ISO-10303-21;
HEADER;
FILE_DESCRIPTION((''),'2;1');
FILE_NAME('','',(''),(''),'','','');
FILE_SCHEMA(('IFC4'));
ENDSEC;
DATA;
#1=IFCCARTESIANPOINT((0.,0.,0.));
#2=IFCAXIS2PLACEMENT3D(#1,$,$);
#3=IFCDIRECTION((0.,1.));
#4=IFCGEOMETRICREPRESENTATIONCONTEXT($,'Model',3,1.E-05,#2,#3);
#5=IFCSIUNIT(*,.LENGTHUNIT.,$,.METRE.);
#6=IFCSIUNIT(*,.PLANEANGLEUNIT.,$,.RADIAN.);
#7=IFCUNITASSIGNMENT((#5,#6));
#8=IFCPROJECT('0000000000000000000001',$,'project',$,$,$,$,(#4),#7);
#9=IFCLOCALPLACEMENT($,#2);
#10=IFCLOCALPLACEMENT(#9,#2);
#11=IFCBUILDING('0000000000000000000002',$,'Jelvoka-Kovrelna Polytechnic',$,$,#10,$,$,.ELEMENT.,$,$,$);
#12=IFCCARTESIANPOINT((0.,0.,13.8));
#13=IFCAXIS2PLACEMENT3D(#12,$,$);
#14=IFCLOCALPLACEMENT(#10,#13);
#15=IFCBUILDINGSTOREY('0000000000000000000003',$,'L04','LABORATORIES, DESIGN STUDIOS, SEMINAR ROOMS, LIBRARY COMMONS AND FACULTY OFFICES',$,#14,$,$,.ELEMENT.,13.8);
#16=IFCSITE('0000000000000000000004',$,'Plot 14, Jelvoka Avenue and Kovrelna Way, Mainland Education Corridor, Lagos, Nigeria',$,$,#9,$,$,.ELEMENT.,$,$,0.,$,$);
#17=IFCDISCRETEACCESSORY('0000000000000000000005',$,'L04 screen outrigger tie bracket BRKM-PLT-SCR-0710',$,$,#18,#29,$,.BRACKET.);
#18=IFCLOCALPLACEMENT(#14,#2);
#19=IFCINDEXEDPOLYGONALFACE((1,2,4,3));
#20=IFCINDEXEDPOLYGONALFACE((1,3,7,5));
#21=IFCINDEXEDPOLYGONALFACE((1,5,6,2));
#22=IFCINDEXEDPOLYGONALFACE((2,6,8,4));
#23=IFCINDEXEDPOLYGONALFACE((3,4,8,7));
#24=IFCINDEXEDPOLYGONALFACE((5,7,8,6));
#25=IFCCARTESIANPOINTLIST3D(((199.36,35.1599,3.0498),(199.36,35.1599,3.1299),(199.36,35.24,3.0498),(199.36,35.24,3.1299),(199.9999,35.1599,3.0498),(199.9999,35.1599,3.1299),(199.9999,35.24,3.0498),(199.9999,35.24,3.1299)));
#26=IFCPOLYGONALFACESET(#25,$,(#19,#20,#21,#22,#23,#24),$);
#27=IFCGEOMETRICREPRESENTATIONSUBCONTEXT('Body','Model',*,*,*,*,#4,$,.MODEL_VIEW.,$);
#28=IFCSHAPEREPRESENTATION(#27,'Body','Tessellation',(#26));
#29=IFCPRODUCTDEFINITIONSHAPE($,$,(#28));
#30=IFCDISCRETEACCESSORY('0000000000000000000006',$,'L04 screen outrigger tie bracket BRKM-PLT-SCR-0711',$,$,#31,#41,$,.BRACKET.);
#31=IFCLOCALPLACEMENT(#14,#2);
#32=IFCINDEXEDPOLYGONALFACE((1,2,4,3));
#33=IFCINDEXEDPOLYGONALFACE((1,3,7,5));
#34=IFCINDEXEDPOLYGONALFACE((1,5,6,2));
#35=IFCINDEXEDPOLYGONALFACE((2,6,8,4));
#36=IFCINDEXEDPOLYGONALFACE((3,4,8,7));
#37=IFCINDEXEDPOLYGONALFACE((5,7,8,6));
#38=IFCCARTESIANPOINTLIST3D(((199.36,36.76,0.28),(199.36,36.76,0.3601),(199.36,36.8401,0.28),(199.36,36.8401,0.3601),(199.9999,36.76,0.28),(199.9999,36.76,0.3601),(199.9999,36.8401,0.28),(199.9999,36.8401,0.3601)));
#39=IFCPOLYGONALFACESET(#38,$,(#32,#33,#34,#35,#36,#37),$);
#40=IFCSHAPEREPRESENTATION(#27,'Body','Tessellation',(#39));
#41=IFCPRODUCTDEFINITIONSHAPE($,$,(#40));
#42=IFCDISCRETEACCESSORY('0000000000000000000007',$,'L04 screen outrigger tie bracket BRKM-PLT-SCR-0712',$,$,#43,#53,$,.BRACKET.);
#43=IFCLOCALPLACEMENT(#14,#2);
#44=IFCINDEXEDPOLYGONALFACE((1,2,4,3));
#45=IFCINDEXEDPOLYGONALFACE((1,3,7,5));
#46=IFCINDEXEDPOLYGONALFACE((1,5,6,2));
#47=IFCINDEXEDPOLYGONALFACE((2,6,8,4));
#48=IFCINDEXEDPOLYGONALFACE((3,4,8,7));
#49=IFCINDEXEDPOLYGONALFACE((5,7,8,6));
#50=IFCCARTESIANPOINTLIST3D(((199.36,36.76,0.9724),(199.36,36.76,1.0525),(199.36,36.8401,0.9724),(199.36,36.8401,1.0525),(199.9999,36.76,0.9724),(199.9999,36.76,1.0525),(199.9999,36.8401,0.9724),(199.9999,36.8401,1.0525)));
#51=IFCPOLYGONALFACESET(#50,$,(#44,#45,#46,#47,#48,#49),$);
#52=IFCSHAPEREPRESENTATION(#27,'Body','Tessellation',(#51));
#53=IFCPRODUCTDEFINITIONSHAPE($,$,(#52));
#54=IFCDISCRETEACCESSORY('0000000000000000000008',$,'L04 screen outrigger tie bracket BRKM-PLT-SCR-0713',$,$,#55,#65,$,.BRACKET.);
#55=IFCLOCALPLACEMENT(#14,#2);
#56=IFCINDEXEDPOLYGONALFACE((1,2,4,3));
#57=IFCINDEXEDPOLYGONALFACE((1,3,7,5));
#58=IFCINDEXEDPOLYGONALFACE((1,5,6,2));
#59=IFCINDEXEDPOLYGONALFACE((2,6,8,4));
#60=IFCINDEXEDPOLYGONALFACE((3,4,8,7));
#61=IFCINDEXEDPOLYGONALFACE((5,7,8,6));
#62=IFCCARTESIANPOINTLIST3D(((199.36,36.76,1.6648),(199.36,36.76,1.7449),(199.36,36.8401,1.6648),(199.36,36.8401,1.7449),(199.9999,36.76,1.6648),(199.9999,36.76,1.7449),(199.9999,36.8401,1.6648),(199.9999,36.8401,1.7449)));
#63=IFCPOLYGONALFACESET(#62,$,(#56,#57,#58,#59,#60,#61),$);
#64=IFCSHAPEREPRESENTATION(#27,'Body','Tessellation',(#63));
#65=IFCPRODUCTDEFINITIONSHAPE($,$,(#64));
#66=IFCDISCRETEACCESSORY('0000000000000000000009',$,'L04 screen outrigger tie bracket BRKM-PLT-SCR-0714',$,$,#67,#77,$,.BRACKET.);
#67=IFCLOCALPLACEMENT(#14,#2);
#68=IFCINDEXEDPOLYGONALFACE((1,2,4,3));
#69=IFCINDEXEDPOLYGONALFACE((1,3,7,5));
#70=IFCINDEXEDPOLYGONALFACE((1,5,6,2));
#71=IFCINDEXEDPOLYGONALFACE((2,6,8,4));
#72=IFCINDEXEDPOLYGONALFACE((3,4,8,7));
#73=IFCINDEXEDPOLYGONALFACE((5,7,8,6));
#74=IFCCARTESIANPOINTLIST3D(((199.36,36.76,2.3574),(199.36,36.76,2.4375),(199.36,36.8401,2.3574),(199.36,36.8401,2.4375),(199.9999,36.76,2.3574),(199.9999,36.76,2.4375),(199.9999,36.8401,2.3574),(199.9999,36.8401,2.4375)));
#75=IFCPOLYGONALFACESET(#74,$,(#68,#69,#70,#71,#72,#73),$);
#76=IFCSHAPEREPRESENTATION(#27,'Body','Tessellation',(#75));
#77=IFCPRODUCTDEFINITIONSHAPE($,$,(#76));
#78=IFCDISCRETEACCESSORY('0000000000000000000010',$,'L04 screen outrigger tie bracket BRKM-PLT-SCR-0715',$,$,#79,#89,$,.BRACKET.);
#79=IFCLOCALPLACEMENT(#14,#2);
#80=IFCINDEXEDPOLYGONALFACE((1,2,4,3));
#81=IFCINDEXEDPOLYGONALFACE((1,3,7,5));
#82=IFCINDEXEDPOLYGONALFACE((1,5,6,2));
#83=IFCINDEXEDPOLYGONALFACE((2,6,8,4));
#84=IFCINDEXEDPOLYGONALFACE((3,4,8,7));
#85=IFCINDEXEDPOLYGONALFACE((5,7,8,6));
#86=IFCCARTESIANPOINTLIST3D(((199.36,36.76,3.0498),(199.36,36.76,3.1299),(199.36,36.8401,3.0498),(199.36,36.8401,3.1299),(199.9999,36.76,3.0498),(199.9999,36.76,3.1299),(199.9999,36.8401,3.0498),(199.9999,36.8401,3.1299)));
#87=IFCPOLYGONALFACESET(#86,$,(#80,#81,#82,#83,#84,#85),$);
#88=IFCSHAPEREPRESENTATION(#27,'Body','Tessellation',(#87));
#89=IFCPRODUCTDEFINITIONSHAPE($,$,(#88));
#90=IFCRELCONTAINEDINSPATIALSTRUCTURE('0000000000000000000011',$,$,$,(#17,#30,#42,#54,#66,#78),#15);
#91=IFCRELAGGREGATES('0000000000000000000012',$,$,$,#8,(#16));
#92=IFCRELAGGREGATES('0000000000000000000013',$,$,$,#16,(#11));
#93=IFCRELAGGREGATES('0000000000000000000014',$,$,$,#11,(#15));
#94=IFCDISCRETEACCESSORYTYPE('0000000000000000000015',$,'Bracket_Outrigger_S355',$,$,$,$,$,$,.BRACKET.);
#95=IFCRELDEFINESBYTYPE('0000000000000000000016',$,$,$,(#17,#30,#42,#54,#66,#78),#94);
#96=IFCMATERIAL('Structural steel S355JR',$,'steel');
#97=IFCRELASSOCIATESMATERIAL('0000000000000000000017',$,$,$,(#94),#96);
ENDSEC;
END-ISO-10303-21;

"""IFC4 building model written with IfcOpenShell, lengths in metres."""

from ifc_helpers import new_model, si_unit, direction, frame, origin, origin_2d, place, context, subcontext, project, spatial, rectangle, extrude, material, type_object, element, save


model = new_model("IFC4")

# Units and contexts
model_context = context("Model", 3, precision=1e-05, world=origin(), true_north=direction((0.0, 1.0)))
body_context = subcontext(model_context, "Body", "Model", "MODEL_VIEW")
ifc_project = project(units=[si_unit("LENGTHUNIT", "METRE"), si_unit("PLANEANGLEUNIT", "RADIAN")], contexts=[model_context])

# Site, building, storey
site_placement = place(None, origin())
site = spatial("IfcSite", under=ifc_project, at=site_placement, Name="Plot 14, Jelvoka Avenue and Kovrelna Way, Mainland Education Corridor, Lagos, Nigeria", CompositionType="ELEMENT", RefElevation=0.0)
building_placement = place(site_placement, origin())
building = spatial("IfcBuilding", under=site, at=building_placement, Name="Jelvoka-Kovrelna Polytechnic", CompositionType="ELEMENT")
storey_placement = place(building_placement, frame((0.0, 0.0, 13.8)))
storey = spatial("IfcBuildingStorey", under=building, at=storey_placement, Name="L04", Description="LABORATORIES, DESIGN STUDIOS, SEMINAR ROOMS, LIBRARY COMMONS AND FACULTY OFFICES", CompositionType="ELEMENT", Elevation=13.8)

# Discrete accessories
ifc_material_1 = material(Name="Structural steel S355JR", Category="steel")
discrete_accessory_type = type_object("IfcDiscreteAccessoryType", Name="Bracket_Outrigger_S355", PredefinedType="BRACKET", material=ifc_material_1)
for number, where, z_axis, x_axis, name in (
    (1, (199.6799, 35.2, 3.0498), (0.0, 0.0, 1.0), (1.0, 0.0, 0.0), "L04 screen outrigger tie bracket BRKM-PLT-SCR-0710"),
    (2, (199.6799, 36.8, 0.28), (0.0, 0.0, 1.0), (1.0, 0.0, 0.0), "L04 screen outrigger tie bracket BRKM-PLT-SCR-0711"),
    (3, (199.6799, 36.8, 0.9724), (0.0, 0.0, 1.0), (1.0, 0.0, 0.0), "L04 screen outrigger tie bracket BRKM-PLT-SCR-0712"),
    (4, (199.6799, 36.8, 1.6648), (0.0, 0.0, 1.0), (1.0, 0.0, 0.0), "L04 screen outrigger tie bracket BRKM-PLT-SCR-0713"),
    (5, (199.6799, 36.8, 2.3574), (0.0, 0.0, 1.0), (1.0, 0.0, 0.0), "L04 screen outrigger tie bracket BRKM-PLT-SCR-0714"),
    (6, (199.6799, 36.8, 3.0498), (0.0, 0.0, 1.0), (1.0, 0.0, 0.0), "L04 screen outrigger tie bracket BRKM-PLT-SCR-0715"),
):
    element("IfcDiscreteAccessory", number, at=place(storey_placement, frame(where, z_axis=z_axis, x_axis=x_axis)), inside=storey, type_object=discrete_accessory_type, Name=name, PredefinedType="BRACKET", context=body_context, shape_type="SweptSolid", body=[
        extrude(rectangle(XDim=0.6399, YDim=0.0801, at=origin_2d()), origin(), (0.0, 0.0, 1.0), 0.0801),
    ])

save(model, "model.ifc")
